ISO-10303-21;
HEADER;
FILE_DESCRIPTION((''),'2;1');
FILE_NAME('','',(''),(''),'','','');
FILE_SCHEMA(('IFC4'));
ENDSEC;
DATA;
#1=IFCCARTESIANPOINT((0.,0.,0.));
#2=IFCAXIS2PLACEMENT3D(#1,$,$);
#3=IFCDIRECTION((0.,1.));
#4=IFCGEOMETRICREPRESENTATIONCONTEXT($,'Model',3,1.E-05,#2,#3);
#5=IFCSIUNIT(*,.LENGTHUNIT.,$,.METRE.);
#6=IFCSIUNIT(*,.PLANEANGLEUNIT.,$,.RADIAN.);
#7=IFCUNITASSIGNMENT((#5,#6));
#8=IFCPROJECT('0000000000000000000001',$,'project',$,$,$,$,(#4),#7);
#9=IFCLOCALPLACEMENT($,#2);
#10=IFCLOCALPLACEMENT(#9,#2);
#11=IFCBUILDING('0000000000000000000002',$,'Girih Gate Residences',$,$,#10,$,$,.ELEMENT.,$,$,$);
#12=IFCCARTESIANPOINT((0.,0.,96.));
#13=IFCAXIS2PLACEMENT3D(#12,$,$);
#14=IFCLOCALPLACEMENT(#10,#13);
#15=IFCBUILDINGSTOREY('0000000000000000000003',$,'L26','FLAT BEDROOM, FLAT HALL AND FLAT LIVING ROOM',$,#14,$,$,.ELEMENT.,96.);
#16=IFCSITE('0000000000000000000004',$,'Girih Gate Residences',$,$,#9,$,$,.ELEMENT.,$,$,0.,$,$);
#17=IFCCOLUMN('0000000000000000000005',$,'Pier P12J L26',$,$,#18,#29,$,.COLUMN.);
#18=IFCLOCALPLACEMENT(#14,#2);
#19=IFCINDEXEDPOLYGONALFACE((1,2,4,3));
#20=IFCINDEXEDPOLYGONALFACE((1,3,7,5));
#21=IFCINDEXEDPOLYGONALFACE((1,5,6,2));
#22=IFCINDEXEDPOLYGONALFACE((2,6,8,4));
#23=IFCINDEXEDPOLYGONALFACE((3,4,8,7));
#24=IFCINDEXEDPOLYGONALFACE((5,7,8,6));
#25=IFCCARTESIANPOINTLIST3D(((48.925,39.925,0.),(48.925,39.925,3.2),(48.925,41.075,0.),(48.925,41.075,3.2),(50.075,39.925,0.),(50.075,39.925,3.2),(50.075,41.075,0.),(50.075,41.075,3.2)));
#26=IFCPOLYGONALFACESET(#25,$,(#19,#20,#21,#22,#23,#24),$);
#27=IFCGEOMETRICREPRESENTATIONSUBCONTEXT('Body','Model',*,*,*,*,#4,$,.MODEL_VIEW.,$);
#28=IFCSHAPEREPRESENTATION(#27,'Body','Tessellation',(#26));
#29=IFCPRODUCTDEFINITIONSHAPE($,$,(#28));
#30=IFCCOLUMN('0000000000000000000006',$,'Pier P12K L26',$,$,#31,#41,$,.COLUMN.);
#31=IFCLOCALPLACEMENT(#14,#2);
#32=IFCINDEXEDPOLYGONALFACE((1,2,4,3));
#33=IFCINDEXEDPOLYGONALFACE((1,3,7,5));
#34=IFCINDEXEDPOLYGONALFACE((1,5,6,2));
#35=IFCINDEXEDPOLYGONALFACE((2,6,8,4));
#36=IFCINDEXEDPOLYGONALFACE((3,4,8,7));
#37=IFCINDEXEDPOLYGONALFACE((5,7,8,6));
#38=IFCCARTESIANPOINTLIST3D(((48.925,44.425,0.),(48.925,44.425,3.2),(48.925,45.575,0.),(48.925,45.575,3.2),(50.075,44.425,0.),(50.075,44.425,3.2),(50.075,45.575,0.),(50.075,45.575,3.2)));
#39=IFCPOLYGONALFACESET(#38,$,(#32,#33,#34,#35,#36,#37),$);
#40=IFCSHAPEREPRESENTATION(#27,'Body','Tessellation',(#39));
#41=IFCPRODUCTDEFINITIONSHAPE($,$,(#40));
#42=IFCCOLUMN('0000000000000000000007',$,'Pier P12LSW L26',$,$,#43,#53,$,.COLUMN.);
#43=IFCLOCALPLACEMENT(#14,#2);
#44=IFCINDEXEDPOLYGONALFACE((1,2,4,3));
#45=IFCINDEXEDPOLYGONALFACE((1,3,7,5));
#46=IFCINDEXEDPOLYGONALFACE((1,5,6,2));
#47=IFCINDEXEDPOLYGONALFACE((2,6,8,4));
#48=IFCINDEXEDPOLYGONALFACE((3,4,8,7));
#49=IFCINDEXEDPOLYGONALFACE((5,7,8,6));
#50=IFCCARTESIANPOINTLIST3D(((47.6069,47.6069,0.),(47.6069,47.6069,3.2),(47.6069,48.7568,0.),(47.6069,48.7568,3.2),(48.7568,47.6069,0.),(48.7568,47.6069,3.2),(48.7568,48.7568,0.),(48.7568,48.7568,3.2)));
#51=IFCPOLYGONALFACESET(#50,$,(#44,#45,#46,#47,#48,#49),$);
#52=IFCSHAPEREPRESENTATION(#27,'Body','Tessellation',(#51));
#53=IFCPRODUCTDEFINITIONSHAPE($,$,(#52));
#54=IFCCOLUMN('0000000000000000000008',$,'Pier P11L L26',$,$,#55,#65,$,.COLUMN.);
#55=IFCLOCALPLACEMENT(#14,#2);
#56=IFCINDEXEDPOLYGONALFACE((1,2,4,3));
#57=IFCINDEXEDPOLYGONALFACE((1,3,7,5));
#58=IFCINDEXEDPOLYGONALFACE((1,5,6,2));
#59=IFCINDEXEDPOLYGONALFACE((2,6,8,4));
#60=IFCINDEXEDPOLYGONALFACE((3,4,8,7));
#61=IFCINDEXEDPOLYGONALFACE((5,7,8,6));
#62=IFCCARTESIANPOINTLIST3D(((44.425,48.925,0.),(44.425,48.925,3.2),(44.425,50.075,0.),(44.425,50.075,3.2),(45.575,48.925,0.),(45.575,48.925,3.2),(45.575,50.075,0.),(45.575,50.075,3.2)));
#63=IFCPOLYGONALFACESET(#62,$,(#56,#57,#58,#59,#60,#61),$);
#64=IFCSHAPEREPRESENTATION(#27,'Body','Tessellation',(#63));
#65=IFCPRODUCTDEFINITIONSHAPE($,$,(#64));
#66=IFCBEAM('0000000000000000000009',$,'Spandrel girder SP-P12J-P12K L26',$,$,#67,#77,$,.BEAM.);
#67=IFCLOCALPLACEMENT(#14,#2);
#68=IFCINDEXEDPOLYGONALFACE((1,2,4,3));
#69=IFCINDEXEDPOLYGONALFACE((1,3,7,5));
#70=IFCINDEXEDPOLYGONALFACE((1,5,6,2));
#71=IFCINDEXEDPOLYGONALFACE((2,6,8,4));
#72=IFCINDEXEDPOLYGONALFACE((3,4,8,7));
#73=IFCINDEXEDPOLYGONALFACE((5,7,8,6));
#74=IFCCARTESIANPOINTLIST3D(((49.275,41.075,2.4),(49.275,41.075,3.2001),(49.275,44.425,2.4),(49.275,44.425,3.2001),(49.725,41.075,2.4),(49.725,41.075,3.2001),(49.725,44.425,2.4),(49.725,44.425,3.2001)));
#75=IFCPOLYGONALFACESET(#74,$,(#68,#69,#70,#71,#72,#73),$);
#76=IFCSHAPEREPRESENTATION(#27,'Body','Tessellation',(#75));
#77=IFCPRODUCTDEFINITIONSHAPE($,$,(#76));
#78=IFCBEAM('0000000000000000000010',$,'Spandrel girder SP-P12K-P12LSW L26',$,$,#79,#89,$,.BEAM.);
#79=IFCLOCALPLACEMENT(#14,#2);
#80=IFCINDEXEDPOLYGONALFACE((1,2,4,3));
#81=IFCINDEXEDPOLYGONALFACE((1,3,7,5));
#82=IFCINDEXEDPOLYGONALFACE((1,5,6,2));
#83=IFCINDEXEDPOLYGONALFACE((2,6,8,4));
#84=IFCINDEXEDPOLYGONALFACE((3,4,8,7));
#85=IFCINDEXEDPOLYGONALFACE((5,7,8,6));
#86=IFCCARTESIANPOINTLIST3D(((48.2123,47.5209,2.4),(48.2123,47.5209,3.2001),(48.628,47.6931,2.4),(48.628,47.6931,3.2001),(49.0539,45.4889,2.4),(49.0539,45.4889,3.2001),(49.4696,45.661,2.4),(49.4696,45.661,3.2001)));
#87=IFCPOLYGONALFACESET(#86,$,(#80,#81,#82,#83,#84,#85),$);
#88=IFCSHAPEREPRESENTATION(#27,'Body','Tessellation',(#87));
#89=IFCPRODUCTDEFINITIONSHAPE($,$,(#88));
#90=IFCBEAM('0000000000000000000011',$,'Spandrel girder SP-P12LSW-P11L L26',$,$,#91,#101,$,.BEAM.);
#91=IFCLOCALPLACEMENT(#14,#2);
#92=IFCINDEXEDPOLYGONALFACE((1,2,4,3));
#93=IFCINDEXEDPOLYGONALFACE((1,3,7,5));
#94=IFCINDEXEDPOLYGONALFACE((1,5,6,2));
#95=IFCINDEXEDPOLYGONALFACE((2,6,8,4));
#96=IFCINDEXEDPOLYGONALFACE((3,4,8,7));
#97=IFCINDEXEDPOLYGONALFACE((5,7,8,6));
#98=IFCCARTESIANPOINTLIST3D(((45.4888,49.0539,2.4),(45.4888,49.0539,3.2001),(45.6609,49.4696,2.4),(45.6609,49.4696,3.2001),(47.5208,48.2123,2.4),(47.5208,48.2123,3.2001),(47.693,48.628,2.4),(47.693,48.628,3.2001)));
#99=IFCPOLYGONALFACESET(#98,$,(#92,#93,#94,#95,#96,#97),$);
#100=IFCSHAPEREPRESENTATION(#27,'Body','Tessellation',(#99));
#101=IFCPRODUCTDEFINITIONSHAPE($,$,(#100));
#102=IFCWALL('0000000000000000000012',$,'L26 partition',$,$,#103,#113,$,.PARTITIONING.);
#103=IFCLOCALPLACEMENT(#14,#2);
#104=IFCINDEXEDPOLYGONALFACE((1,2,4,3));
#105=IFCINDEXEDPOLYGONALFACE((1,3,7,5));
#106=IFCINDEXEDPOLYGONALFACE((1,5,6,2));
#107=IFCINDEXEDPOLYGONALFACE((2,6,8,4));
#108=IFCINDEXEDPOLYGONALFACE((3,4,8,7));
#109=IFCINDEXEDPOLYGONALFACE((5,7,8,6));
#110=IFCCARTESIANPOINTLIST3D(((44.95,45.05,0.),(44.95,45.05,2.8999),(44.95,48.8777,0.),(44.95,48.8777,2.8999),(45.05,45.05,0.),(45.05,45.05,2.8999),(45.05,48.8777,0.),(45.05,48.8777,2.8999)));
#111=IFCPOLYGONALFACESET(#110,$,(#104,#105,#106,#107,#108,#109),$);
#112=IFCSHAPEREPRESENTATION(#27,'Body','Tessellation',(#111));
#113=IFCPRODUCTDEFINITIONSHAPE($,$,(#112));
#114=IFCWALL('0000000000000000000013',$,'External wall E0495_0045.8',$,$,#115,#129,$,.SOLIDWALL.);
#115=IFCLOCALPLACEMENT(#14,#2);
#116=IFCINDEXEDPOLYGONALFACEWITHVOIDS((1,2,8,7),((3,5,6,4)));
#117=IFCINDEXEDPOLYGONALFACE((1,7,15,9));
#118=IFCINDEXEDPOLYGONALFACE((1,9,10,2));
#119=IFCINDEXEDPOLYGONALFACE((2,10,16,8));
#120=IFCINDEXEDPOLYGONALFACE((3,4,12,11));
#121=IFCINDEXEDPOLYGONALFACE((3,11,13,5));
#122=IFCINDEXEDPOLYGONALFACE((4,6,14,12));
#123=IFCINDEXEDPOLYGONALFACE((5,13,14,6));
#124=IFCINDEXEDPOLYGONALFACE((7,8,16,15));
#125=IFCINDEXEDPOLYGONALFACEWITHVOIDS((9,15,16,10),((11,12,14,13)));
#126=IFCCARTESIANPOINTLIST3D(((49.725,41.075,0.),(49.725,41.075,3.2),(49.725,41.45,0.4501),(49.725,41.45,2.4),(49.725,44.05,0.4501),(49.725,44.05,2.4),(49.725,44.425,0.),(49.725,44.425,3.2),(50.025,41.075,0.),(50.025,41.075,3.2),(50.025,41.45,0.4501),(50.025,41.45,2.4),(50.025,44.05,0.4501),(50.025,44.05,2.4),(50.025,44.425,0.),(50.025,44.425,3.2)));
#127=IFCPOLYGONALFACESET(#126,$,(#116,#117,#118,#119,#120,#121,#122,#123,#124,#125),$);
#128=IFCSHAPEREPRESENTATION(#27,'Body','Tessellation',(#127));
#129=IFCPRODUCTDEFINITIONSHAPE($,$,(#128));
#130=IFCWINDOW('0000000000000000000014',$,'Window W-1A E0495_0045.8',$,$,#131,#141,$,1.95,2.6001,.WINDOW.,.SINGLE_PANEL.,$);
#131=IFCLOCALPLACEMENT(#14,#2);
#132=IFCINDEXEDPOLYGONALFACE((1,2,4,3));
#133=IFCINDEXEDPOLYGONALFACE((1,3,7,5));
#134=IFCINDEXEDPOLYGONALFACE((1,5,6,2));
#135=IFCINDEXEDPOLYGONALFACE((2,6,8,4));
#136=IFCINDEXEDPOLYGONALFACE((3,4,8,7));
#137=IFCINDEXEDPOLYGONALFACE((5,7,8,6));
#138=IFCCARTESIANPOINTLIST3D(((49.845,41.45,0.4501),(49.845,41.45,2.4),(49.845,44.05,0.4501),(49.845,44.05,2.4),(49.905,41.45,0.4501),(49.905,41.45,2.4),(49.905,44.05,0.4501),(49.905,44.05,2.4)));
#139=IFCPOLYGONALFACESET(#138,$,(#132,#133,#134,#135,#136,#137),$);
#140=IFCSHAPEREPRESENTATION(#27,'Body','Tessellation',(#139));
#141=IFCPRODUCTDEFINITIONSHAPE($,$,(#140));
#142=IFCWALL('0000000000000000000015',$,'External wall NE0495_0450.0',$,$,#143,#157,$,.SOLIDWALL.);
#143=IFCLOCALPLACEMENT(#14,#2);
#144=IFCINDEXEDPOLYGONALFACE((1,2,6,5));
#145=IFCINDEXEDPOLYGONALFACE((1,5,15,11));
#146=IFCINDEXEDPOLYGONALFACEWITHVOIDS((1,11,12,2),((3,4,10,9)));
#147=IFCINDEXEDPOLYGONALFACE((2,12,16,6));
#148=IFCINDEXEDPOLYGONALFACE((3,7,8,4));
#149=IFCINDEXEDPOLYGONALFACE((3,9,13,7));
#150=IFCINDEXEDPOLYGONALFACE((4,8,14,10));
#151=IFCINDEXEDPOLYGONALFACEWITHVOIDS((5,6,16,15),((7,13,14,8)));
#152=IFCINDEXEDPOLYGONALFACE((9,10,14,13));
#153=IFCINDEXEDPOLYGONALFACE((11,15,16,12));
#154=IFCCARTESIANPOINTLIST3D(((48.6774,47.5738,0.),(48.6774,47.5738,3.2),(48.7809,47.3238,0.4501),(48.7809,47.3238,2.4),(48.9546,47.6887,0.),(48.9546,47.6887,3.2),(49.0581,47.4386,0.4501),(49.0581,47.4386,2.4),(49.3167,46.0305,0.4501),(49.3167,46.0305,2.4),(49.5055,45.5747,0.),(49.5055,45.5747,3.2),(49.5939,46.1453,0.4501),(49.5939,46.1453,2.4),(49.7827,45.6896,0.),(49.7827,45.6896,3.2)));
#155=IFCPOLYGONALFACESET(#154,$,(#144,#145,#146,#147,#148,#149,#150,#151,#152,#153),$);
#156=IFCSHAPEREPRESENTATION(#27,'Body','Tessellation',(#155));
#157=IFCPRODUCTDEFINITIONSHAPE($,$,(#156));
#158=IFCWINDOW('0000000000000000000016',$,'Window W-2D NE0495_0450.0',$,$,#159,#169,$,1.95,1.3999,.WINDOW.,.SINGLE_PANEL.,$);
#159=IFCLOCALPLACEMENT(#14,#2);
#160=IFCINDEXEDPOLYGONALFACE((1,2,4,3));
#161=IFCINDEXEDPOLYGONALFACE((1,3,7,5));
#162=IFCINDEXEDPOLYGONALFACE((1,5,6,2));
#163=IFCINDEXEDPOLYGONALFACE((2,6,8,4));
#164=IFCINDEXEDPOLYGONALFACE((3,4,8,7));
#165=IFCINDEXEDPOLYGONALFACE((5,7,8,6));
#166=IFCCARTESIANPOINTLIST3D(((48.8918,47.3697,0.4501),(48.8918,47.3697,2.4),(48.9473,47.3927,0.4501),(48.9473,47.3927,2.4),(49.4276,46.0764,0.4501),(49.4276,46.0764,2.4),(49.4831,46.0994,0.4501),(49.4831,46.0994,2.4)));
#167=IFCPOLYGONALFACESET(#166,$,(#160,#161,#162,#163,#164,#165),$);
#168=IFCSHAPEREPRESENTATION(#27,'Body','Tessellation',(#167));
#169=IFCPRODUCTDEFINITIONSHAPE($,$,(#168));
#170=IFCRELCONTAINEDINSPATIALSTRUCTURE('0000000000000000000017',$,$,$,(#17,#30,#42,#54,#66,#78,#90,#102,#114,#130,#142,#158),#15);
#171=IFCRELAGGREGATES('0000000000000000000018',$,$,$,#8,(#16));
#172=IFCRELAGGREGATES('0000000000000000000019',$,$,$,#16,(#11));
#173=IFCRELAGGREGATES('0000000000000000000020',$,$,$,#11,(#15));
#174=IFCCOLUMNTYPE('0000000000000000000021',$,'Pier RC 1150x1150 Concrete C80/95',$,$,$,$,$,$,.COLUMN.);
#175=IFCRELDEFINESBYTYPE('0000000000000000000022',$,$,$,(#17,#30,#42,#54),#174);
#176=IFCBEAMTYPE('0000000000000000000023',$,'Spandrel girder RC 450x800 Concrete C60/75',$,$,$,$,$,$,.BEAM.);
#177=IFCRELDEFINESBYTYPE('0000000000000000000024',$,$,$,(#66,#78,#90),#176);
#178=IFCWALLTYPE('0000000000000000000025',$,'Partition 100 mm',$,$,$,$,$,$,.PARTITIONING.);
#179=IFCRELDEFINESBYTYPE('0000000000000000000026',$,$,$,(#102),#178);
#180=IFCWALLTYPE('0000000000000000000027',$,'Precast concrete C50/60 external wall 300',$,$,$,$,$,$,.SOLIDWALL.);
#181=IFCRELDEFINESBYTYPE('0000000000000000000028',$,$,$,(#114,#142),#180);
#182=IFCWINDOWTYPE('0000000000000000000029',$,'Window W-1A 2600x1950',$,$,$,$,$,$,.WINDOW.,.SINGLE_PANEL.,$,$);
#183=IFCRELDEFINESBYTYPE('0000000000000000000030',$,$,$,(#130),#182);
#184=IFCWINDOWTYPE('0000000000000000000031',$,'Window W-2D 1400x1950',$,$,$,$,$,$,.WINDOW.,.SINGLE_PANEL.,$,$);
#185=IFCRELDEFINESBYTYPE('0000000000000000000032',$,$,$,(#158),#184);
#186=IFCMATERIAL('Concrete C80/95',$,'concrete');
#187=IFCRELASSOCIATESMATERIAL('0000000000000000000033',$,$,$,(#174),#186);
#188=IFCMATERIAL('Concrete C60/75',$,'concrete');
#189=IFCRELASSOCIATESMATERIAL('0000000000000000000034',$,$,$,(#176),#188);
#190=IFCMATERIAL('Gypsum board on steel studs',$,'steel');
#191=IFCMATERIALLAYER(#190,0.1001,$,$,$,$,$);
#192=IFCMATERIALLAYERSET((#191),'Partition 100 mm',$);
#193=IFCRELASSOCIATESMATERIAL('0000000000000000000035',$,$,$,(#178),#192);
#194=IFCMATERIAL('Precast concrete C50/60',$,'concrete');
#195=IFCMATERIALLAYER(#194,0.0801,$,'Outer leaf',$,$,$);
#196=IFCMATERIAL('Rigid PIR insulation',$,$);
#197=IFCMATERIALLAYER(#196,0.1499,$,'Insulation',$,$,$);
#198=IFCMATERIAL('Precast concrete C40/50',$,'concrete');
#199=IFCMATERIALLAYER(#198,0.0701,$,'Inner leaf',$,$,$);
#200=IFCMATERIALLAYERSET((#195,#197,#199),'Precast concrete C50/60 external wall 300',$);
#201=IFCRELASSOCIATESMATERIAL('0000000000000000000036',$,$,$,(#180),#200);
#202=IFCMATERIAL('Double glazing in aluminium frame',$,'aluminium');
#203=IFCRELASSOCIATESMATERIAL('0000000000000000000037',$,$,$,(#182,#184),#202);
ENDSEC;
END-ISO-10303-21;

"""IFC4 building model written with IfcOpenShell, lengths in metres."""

from ifc_helpers import new_model, si_unit, direction, frame, frame_2d, origin, origin_2d, place, context, subcontext, project, spatial, rectangle, extrude, material, layer, layer_set, material_profile, profile_set, type_object, element, fill, save


model = new_model("IFC4")

# Units and contexts
model_context = context("Model", 3, precision=1e-05, world=origin(), true_north=direction((0.0, 1.0)))
body_context = subcontext(model_context, "Body", "Model", "MODEL_VIEW")
ifc_project = project(units=[si_unit("LENGTHUNIT", "METRE"), si_unit("PLANEANGLEUNIT", "RADIAN")], contexts=[model_context])

# Site, building, storey
site_placement = place(None, origin())
site = spatial("IfcSite", under=ifc_project, at=site_placement, Name="Girih Gate Residences", CompositionType="ELEMENT", RefElevation=0.0)
building_placement = place(site_placement, origin())
building = spatial("IfcBuilding", under=site, at=building_placement, Name="Girih Gate Residences", CompositionType="ELEMENT")
storey_placement = place(building_placement, frame((0.0, 0.0, 96.0)))
storey = spatial("IfcBuildingStorey", under=building, at=storey_placement, Name="L26", Description="FLAT BEDROOM, FLAT HALL AND FLAT LIVING ROOM", CompositionType="ELEMENT", Elevation=96.0)

# Columns
ifc_material_1 = material(Name="Concrete C80/95", Category="concrete")
ifc_material_profile_1 = material_profile(ifc_material_1, rectangle(XDim=1.1499, YDim=1.1499, at=origin_2d()))
ifc_profile_set_1 = profile_set([ifc_material_profile_1], Name="Concrete C80/95")
column_type = type_object("IfcColumnType", Name="Pier RC 1150x1150 Concrete C80/95", PredefinedType="COLUMN", material=ifc_profile_set_1)
for number, where, z_axis, x_axis, name in (
    (1, (49.5, 40.5, 0.0), (0.0, 0.0, 1.0), (1.0, 0.0, 0.0), "Pier P12J L26"),
    (2, (49.5, 45.0, 0.0), (0.0, 0.0, 1.0), (1.0, 0.0, 0.0), "Pier P12K L26"),
    (3, (48.1819, 48.1819, 0.0), (0.0, 0.0, 1.0), (1.0, 0.0, 0.0), "Pier P12LSW L26"),
    (4, (45.0, 49.5, 0.0), (0.0, 0.0, 1.0), (1.0, 0.0, 0.0), "Pier P11L L26"),
):
    element("IfcColumn", number, at=place(storey_placement, frame(where, z_axis=z_axis, x_axis=x_axis)), inside=storey, type_object=column_type, Name=name, PredefinedType="COLUMN", context=body_context, shape_type="SweptSolid", body=[
        extrude(rectangle(XDim=1.1499, YDim=1.1499, at=origin_2d()), origin(), (0.0, 0.0, 1.0), 3.2),
    ])

# Beams
ifc_material_2 = material(Name="Concrete C60/75", Category="concrete")
ifc_material_profile_2 = material_profile(ifc_material_2, rectangle(XDim=0.45, YDim=0.8, at=origin_2d()))
ifc_profile_set_2 = profile_set([ifc_material_profile_2], Name="Concrete C60/75")
beam_type = type_object("IfcBeamType", Name="Spandrel girder RC 450x800 Concrete C60/75", PredefinedType="BEAM", material=ifc_profile_set_2)
beam_placement = place(storey_placement, frame((49.5, 41.075, 2.8), z_axis=(0.0, 1.0, 0.0), x_axis=(-1.0, 0.0, 0.0)))
element("IfcBeam", 5, at=beam_placement, inside=storey, type_object=beam_type, Name="Spandrel girder SP-P12J-P12K L26", PredefinedType="BEAM", context=body_context, shape_type="SweptSolid", body=[
    extrude(rectangle(XDim=0.45, YDim=0.8, at=origin_2d()), origin(), (0.0, 0.0, 1.0), 3.3501),
])
for number, where, z_axis, x_axis, name in (
    (6, (49.2617, 45.575, 2.8), (-0.382636, 0.923899, 0.0), (-0.923899, -0.382636, 0.0), "Spandrel girder SP-P12K-P12LSW L26"),
    (7, (47.6069, 48.4202, 2.8), (-0.923899, 0.382636, 0.0), (-0.382636, -0.923899, 0.0), "Spandrel girder SP-P12LSW-P11L L26"),
):
    element("IfcBeam", number, at=place(storey_placement, frame(where, z_axis=z_axis, x_axis=x_axis)), inside=storey, type_object=beam_type, Name=name, PredefinedType="BEAM", context=body_context, shape_type="SweptSolid", body=[
        extrude(rectangle(XDim=0.45, YDim=0.8, at=origin_2d()), origin(), (0.0, 0.0, 1.0), 2.1995),
    ])

# Wall
ifc_material_3 = material(Name="Gypsum board on steel studs", Category="steel")
ifc_layer_1 = layer(ifc_material_3, 0.1001)
ifc_layer_set_1 = layer_set([ifc_layer_1], Name="Partition 100 mm")
wall_type_1 = type_object("IfcWallType", Name="Partition 100 mm", PredefinedType="PARTITIONING", material=ifc_layer_set_1)
wall_1_placement = place(storey_placement, frame((45.0, 45.05, 0.0), z_axis=(0.0, 0.0, 1.0), x_axis=(0.0, 1.0, 0.0)))
element("IfcWall", 8, at=wall_1_placement, inside=storey, type_object=wall_type_1, Name="L26 partition", PredefinedType="PARTITIONING", context=body_context, shape_type="SweptSolid", body=[
    extrude(rectangle(XDim=3.8276, YDim=0.1001, at=frame_2d((1.9138, 0.0))), origin(), (0.0, 0.0, 1.0), 2.8999),
])

# Walls, openings, windows
ifc_material_4 = material(Name="Precast concrete C50/60", Category="concrete")
ifc_layer_2 = layer(ifc_material_4, 0.0801, Name="Outer leaf")
ifc_material_5 = material(Name="Rigid PIR insulation")
ifc_layer_3 = layer(ifc_material_5, 0.1499, Name="Insulation")
ifc_material_6 = material(Name="Precast concrete C40/50", Category="concrete")
ifc_layer_4 = layer(ifc_material_6, 0.0701, Name="Inner leaf")
ifc_layer_set_2 = layer_set([ifc_layer_2, ifc_layer_3, ifc_layer_4], Name="Precast concrete C50/60 external wall 300")
wall_type_2 = type_object("IfcWallType", Name="Precast concrete C50/60 external wall 300", PredefinedType="SOLIDWALL", material=ifc_layer_set_2)
wall_2_placement = place(storey_placement, frame((49.875, 44.425, 0.0), z_axis=(0.0, 0.0, 1.0), x_axis=(0.0, -1.0, 0.0)))
wall_2 = element("IfcWall", 9, at=wall_2_placement, inside=storey, type_object=wall_type_2, Name="External wall E0495_0045.8", PredefinedType="SOLIDWALL", context=body_context, shape_type="SweptSolid", body=[
    extrude(rectangle(XDim=3.3501, YDim=0.3, at=frame_2d((1.675, 0.0))), origin(), (0.0, 0.0, 1.0), 3.2),
])
opening_1_placement = place(wall_2_placement, frame((0.375, 0.0, 0.45)))
opening_1 = element("IfcOpeningElement", 10, at=opening_1_placement, cuts=wall_2, PredefinedType="OPENING", context=body_context, shape_type="SweptSolid", body=[
    extrude(rectangle(XDim=2.6001, YDim=1.95, at=frame_2d((1.3, 0.9751))), frame((0.0, 0.1599, 0.0), z_axis=(0.0, -1.0, 0.0), x_axis=(1.0, 0.0, 0.0)), (0.0, 0.0, 1.0), 0.3201),
])
ifc_material_7 = material(Name="Double glazing in aluminium frame", Category="aluminium")
window_type_1 = type_object("IfcWindowType", Name="Window W-1A 2600x1950", PartitioningType="SINGLE_PANEL", PredefinedType="WINDOW", material=ifc_material_7)
window_1_placement = place(opening_1_placement, origin())
window_1 = element("IfcWindow", 11, at=window_1_placement, inside=storey, type_object=window_type_1, Name="Window W-1A E0495_0045.8", OverallHeight=1.95, OverallWidth=2.6001, PartitioningType="SINGLE_PANEL", PredefinedType="WINDOW", context=body_context, shape_type="SweptSolid", body=[
    extrude(rectangle(XDim=2.6001, YDim=1.95, at=frame_2d((1.3, 0.9751))), frame((0.0, 0.03, 0.0), z_axis=(0.0, -1.0, 0.0), x_axis=(1.0, 0.0, 0.0)), (0.0, 0.0, 1.0), 0.0601),
])
fill(opening_1, window_1)
wall_3_placement = place(storey_placement, frame((48.8159, 47.6313, 0.0), z_axis=(0.0, 0.0, 1.0), x_axis=(0.382724, -0.923863, 0.0)))
wall_3 = element("IfcWall", 12, at=wall_3_placement, inside=storey, type_object=wall_type_2, Name="External wall NE0495_0450.0", PredefinedType="SOLIDWALL", context=body_context, shape_type="SweptSolid", body=[
    extrude(rectangle(XDim=2.1638, YDim=0.3, at=frame_2d((1.082, 0.0))), origin(), (0.0, 0.0, 1.0), 3.2),
])
opening_2_placement = place(wall_3_placement, frame((0.2708, 0.0, 0.45)))
opening_2 = element("IfcOpeningElement", 13, at=opening_2_placement, cuts=wall_3, PredefinedType="OPENING", context=body_context, shape_type="SweptSolid", body=[
    extrude(rectangle(XDim=1.3999, YDim=1.95, at=frame_2d((0.7, 0.9751))), frame((0.0, 0.1599, 0.0), z_axis=(0.0, -1.0, 0.0), x_axis=(1.0, 0.0, 0.0)), (0.0, 0.0, 1.0), 0.3201),
])
window_type_2 = type_object("IfcWindowType", Name="Window W-2D 1400x1950", PartitioningType="SINGLE_PANEL", PredefinedType="WINDOW", material=ifc_material_7)
window_2_placement = place(opening_2_placement, origin())
window_2 = element("IfcWindow", 14, at=window_2_placement, inside=storey, type_object=window_type_2, Name="Window W-2D NE0495_0450.0", OverallHeight=1.95, OverallWidth=1.3999, PartitioningType="SINGLE_PANEL", PredefinedType="WINDOW", context=body_context, shape_type="SweptSolid", body=[
    extrude(rectangle(XDim=1.3999, YDim=1.95, at=frame_2d((0.7, 0.9751))), frame((0.0, 0.03, 0.0), z_axis=(0.0, -1.0, 0.0), x_axis=(1.0, 0.0, 0.0)), (0.0, 0.0, 1.0), 0.0601),
])
fill(opening_2, window_2)

save(model, "model.ifc")
